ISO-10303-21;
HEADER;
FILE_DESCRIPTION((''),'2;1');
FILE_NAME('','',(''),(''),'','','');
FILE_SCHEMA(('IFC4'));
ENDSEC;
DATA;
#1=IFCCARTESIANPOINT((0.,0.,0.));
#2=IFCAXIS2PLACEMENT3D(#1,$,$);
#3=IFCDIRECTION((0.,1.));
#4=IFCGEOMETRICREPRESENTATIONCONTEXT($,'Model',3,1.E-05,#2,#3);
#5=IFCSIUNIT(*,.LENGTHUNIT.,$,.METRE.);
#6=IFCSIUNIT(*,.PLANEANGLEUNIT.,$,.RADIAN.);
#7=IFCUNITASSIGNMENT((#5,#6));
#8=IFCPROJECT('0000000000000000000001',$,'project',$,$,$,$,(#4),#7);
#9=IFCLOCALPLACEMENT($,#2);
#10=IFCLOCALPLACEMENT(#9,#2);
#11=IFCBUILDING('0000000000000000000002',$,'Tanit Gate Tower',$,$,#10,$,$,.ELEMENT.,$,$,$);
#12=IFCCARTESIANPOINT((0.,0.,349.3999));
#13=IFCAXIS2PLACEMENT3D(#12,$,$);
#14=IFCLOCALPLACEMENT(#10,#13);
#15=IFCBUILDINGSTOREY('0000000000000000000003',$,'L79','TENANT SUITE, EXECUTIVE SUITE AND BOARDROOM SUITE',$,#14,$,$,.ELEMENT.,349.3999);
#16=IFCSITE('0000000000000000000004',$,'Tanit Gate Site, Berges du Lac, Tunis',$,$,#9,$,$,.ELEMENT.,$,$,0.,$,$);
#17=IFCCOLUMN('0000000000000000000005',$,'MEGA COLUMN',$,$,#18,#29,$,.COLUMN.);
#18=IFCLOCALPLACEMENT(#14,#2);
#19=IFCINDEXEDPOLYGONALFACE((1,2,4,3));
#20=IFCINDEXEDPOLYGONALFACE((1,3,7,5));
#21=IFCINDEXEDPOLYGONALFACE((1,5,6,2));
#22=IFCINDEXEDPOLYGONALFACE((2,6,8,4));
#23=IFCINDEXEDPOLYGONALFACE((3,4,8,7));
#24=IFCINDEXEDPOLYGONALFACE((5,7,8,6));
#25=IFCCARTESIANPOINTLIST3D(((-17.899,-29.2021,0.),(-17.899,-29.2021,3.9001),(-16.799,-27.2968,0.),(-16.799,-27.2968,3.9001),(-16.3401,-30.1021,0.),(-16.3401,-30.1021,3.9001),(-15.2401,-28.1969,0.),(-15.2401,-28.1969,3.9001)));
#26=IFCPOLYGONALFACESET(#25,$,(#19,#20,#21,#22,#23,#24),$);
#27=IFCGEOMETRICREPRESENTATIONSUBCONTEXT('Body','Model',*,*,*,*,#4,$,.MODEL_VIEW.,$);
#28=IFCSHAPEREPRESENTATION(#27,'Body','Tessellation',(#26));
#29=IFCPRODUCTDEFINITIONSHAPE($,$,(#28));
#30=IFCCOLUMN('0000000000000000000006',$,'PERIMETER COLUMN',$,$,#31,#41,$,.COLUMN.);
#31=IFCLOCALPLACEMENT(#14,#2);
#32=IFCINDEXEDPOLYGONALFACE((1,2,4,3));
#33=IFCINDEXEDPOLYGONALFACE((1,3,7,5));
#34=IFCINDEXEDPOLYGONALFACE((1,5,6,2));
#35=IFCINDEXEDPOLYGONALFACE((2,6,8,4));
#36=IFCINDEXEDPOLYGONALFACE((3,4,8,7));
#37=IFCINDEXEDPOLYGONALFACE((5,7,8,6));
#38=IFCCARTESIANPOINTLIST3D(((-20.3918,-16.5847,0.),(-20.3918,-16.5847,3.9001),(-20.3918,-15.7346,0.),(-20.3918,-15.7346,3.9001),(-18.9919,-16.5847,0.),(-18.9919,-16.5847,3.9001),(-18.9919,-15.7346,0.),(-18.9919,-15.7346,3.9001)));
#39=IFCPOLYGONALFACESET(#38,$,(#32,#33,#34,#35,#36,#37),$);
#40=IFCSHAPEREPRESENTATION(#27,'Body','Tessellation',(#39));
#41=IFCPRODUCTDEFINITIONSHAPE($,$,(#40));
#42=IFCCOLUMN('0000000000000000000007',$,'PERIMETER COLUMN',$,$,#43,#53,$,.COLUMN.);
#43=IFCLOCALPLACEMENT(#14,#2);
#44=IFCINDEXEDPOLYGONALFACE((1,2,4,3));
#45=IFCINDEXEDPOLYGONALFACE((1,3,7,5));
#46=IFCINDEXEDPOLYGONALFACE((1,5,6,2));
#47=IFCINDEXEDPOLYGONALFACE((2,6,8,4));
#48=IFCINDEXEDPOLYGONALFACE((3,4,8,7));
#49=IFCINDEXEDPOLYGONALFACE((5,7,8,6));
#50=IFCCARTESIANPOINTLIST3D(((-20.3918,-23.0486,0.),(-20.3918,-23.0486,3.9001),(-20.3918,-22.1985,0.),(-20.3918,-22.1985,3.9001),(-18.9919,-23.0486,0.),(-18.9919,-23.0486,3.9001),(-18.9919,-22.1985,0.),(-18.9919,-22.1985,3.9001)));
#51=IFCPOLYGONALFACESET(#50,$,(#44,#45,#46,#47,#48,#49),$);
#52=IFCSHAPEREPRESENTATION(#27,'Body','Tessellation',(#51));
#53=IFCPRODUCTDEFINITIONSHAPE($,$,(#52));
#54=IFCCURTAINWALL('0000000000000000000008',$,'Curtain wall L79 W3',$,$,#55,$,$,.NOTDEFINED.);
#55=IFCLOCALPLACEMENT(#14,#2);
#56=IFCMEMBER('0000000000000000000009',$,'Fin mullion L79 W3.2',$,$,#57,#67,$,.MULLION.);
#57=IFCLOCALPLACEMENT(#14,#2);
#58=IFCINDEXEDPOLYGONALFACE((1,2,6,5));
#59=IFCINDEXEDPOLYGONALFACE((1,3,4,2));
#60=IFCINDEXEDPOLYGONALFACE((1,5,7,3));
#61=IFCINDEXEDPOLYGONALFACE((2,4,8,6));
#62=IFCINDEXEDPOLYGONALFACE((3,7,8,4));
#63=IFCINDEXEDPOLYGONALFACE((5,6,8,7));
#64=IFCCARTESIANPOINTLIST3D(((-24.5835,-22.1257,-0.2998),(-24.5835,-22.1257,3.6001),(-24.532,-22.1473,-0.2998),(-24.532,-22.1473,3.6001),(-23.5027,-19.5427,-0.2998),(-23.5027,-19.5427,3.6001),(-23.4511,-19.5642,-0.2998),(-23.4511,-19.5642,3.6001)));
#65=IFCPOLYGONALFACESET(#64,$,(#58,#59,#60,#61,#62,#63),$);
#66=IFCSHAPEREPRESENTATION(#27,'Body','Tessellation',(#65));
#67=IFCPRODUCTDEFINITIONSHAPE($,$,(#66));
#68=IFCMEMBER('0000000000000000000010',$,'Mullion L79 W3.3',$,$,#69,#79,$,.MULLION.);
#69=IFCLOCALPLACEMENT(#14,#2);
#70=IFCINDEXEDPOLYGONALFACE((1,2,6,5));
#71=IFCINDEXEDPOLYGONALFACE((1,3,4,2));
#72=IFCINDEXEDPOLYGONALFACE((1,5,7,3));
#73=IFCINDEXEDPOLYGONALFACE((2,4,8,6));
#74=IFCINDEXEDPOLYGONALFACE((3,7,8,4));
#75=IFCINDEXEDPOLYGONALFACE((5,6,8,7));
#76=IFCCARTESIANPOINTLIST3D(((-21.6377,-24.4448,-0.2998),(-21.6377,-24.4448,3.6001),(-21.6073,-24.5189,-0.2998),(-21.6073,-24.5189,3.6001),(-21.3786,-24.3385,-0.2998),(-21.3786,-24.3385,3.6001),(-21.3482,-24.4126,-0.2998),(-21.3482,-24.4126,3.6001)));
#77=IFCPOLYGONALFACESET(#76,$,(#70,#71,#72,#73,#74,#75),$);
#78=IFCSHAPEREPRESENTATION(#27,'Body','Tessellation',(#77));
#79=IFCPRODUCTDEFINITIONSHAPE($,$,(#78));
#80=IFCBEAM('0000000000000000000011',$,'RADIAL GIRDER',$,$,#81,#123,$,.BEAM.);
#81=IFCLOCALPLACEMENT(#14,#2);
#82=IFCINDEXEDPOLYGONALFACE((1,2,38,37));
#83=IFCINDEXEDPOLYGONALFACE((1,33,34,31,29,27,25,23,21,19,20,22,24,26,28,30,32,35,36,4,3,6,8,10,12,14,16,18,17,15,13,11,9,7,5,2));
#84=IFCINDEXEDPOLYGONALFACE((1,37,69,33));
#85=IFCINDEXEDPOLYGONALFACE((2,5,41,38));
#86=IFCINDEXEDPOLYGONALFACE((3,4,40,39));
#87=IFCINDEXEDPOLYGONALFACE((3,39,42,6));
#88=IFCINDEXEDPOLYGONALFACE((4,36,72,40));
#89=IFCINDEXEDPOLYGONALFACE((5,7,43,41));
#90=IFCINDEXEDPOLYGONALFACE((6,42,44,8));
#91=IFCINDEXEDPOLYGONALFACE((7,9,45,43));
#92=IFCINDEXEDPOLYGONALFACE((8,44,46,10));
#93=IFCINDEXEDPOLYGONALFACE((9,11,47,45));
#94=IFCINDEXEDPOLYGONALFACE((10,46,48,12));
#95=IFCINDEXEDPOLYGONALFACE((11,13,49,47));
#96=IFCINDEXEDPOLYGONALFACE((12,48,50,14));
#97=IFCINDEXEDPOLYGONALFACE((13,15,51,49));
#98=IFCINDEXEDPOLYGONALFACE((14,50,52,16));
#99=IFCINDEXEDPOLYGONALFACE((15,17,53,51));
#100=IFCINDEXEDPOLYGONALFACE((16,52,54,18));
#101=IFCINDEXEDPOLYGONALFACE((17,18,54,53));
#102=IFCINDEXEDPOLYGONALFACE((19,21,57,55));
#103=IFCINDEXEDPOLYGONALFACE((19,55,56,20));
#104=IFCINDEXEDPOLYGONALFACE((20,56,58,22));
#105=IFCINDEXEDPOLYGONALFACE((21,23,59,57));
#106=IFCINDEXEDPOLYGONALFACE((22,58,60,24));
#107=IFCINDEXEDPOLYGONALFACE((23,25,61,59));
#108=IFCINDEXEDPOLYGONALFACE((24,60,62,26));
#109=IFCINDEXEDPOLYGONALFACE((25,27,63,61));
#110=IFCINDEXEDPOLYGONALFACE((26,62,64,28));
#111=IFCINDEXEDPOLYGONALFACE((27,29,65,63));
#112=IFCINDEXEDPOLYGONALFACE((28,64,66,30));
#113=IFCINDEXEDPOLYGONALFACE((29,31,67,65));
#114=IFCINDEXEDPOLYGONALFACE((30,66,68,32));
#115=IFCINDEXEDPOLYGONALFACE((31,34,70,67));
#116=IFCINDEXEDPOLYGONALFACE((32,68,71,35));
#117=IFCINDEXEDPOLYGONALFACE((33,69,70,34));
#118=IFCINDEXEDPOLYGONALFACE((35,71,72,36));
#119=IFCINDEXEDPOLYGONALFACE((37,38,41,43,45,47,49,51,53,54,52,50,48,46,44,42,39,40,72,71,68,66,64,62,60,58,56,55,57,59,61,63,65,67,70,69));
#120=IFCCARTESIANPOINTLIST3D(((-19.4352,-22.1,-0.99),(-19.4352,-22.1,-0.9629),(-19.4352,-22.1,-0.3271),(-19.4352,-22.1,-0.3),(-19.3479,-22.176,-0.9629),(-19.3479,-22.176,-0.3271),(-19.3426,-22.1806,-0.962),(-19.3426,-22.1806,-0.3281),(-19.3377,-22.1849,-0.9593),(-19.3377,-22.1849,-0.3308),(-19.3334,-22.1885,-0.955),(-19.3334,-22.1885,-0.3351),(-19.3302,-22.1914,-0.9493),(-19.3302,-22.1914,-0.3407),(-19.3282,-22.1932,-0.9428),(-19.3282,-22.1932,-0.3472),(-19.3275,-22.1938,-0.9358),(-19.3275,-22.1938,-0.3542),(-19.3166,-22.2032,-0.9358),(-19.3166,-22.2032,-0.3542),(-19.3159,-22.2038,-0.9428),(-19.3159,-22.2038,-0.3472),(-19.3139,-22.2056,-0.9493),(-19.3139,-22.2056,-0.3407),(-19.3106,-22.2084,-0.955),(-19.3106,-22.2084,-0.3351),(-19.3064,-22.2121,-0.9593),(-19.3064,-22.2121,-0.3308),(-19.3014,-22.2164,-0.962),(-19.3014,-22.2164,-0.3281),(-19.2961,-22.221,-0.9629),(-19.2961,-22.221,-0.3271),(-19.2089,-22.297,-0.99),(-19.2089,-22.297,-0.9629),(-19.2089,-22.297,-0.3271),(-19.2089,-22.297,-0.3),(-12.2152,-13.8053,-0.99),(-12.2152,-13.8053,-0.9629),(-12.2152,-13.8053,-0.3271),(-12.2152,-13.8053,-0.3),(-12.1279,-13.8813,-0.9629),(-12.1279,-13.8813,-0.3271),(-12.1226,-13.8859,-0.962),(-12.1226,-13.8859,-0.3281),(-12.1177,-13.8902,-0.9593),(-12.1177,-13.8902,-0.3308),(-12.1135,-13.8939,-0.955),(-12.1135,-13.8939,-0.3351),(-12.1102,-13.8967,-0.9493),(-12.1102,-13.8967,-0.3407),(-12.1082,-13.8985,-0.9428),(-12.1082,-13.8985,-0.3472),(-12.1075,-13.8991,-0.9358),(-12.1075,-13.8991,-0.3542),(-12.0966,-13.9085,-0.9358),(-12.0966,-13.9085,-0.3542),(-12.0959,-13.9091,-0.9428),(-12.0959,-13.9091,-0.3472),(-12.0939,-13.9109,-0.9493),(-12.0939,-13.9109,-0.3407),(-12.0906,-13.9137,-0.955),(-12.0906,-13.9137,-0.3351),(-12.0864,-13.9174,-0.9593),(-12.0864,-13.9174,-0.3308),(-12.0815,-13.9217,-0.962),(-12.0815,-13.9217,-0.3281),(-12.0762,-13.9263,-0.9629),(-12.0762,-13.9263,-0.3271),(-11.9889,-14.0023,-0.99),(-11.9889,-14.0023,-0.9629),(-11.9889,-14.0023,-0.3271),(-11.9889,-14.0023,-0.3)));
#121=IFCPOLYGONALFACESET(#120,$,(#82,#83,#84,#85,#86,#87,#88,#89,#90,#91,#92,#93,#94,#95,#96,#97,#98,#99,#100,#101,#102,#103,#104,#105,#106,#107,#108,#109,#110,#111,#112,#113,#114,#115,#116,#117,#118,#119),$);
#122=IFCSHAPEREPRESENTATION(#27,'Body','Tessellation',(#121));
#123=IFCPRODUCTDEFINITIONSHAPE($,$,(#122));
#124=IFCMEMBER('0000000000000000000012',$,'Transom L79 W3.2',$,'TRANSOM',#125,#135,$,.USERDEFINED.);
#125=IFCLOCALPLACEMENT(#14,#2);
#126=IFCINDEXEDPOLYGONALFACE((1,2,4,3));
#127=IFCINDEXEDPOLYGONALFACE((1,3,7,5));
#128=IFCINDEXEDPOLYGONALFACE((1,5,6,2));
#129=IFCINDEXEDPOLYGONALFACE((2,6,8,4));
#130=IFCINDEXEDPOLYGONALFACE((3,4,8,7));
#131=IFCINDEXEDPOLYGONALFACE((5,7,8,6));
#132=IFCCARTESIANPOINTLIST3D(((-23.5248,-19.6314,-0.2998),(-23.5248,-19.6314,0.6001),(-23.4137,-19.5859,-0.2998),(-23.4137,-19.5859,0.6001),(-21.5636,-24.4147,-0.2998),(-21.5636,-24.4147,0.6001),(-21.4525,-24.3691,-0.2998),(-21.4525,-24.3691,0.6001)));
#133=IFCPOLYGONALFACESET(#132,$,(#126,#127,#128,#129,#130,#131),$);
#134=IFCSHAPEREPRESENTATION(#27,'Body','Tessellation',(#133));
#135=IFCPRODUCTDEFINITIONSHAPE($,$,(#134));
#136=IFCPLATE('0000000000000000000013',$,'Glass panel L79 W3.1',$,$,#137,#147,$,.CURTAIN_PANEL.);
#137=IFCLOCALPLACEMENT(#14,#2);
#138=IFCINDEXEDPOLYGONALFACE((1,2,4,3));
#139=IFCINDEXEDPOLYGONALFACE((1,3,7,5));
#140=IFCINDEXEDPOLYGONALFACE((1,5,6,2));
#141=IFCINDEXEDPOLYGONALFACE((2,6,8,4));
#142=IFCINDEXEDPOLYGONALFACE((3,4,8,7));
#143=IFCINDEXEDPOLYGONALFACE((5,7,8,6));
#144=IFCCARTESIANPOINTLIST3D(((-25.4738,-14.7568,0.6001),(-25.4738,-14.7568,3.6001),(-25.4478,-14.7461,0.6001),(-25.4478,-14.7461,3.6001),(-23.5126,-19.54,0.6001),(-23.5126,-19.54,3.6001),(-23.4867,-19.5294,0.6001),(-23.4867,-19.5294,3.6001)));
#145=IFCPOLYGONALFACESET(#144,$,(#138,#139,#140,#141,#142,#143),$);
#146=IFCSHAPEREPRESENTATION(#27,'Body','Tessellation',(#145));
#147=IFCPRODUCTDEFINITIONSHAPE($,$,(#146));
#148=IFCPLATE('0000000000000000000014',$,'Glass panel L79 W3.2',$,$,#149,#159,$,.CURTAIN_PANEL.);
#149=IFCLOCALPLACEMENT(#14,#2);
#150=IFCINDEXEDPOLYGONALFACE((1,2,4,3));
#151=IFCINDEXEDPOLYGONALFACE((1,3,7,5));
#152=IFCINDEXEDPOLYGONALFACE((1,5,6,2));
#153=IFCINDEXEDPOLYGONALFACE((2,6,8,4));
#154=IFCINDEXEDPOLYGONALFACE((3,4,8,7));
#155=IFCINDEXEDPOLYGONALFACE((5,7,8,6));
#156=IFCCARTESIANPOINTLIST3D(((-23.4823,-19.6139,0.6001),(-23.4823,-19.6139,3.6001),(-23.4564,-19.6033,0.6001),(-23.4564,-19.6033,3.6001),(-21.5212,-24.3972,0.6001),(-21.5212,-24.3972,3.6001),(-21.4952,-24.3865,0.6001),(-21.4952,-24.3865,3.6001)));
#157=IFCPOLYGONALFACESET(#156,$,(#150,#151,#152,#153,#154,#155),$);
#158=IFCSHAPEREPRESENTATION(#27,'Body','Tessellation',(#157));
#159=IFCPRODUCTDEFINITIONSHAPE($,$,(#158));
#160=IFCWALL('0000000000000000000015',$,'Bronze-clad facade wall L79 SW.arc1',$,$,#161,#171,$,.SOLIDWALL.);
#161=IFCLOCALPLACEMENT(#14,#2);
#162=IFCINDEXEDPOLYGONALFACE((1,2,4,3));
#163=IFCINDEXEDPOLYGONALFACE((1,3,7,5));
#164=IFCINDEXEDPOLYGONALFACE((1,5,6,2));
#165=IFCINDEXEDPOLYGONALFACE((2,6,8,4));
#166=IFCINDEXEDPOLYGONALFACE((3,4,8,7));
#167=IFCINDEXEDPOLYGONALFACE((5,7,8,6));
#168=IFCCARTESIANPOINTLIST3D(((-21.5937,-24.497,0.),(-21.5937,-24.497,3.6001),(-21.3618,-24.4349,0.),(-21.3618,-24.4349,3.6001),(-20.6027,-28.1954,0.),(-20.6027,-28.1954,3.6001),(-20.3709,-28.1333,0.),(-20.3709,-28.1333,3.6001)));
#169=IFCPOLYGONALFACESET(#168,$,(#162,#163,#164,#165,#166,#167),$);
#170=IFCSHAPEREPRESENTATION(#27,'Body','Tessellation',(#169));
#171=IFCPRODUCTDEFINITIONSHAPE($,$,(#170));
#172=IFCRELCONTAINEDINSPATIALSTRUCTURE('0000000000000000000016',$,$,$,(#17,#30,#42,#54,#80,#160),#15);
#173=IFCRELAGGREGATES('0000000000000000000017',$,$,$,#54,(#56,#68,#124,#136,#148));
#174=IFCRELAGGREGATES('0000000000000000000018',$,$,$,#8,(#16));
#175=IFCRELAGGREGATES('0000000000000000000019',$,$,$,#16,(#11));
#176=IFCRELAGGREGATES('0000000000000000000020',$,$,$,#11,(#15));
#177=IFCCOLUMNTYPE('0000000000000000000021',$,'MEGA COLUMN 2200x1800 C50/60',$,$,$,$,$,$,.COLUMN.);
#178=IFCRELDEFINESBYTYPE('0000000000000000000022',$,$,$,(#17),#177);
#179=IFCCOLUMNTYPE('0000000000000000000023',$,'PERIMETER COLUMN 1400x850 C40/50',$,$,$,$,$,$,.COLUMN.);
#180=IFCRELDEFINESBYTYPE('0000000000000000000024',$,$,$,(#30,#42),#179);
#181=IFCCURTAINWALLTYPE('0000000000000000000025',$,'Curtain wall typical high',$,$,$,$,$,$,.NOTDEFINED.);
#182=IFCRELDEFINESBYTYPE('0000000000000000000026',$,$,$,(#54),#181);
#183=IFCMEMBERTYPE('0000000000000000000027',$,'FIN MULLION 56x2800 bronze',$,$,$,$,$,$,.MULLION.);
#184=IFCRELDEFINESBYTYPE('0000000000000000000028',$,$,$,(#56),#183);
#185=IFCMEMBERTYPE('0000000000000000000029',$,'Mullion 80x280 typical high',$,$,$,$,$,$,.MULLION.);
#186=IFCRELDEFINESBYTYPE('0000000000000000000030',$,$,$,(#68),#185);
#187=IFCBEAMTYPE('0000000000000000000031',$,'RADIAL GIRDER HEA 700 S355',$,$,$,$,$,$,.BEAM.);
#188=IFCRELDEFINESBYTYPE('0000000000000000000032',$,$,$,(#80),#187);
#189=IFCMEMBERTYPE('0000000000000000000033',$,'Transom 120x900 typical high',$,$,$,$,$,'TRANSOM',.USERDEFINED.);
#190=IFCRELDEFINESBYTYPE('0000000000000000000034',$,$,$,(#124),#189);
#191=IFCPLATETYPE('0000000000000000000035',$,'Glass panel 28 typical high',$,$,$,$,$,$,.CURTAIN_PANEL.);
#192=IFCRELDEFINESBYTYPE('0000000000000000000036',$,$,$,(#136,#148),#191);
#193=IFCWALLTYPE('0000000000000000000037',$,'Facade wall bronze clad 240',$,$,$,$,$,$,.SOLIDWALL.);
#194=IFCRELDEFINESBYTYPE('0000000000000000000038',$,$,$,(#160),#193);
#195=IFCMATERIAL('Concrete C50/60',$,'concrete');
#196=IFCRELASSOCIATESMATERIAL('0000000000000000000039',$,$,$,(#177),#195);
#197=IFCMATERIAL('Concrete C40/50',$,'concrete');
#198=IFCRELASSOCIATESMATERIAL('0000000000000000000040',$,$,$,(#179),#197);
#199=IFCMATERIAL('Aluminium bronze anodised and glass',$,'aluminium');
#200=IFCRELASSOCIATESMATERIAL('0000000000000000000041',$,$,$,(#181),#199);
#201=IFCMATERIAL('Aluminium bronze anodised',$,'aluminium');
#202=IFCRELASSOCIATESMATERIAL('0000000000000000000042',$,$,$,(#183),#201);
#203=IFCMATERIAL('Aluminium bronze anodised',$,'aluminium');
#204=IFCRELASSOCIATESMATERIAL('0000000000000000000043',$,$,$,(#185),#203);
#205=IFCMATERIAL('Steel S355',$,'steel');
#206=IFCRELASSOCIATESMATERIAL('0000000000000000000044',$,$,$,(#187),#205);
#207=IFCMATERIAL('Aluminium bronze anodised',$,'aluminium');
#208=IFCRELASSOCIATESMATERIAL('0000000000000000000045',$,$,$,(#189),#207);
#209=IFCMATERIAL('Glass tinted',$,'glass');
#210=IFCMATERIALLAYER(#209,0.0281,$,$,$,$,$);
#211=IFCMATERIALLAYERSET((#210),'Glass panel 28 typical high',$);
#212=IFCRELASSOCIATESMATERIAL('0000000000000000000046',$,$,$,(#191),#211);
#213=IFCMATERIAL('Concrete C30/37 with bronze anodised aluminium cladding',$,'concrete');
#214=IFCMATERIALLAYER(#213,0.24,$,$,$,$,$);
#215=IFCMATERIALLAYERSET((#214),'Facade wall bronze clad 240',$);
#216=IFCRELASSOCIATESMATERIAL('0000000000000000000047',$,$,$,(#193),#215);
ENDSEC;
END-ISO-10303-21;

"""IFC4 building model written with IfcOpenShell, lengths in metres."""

from ifc_helpers import new_model, si_unit, direction, frame, frame_2d, origin, origin_2d, place, context, subcontext, project, spatial, rectangle, i_section, extrude, material, layer, layer_set, material_profile, profile_set, type_object, element, aggregate, save


model = new_model("IFC4")

# Units and contexts
model_context = context("Model", 3, precision=1e-05, world=origin(), true_north=direction((0.0, 1.0)))
body_context = subcontext(model_context, "Body", "Model", "MODEL_VIEW")
ifc_project = project(units=[si_unit("LENGTHUNIT", "METRE"), si_unit("PLANEANGLEUNIT", "RADIAN")], contexts=[model_context])

# Site, building, storey
site_placement = place(None, origin())
site = spatial("IfcSite", under=ifc_project, at=site_placement, Name="Tanit Gate Site, Berges du Lac, Tunis", CompositionType="ELEMENT", RefElevation=0.0)
building_placement = place(site_placement, origin())
building = spatial("IfcBuilding", under=site, at=building_placement, Name="Tanit Gate Tower", CompositionType="ELEMENT")
storey_placement = place(building_placement, frame((0.0, 0.0, 349.3999)))
storey = spatial("IfcBuildingStorey", under=building, at=storey_placement, Name="L79", Description="TENANT SUITE, EXECUTIVE SUITE AND BOARDROOM SUITE", CompositionType="ELEMENT", Elevation=349.3999)

# Columns
ifc_material_1 = material(Name="Concrete C50/60", Category="concrete")
ifc_material_profile_1 = material_profile(ifc_material_1, rectangle(XDim=2.2, YDim=1.8, at=origin_2d()), Name="RC 2200x1800")
ifc_profile_set_1 = profile_set([ifc_material_profile_1], Name="Concrete C50/60")
column_type_1 = type_object("IfcColumnType", Name="MEGA COLUMN 2200x1800 C50/60", PredefinedType="COLUMN", material=ifc_profile_set_1)
column_placement = place(storey_placement, frame((-16.5696, -28.6995, 0.0), z_axis=(0.0, 0.0, 1.0), x_axis=(-0.5, -0.866025, 0.0)))
element("IfcColumn", 1, at=column_placement, inside=storey, type_object=column_type_1, Name="MEGA COLUMN", PredefinedType="COLUMN", context=body_context, shape_type="SweptSolid", body=[
    extrude(rectangle(XDim=2.2, YDim=1.8, at=origin_2d()), origin(), (0.0, 0.0, 1.0), 3.9001),
])
ifc_material_2 = material(Name="Concrete C40/50", Category="concrete")
ifc_material_profile_2 = material_profile(ifc_material_2, rectangle(XDim=1.3999, YDim=0.8501, at=origin_2d()), Name="RC 1400x850")
ifc_profile_set_2 = profile_set([ifc_material_profile_2], Name="Concrete C40/50")
column_type_2 = type_object("IfcColumnType", Name="PERIMETER COLUMN 1400x850 C40/50", PredefinedType="COLUMN", material=ifc_profile_set_2)
for number, where, z_axis, x_axis, name in (
    (2, (-19.6919, -16.1597, 0.0), (0.0, 0.0, 1.0), (-1.0, 0.0, 0.0), "PERIMETER COLUMN"),
    (3, (-19.6919, -22.6235, 0.0), (0.0, 0.0, 1.0), (-1.0, 0.0, 0.0), "PERIMETER COLUMN"),
):
    element("IfcColumn", number, at=place(storey_placement, frame(where, z_axis=z_axis, x_axis=x_axis)), inside=storey, type_object=column_type_2, Name=name, PredefinedType="COLUMN", context=body_context, shape_type="SweptSolid", body=[
        extrude(rectangle(XDim=1.3999, YDim=0.8501, at=origin_2d()), origin(), (0.0, 0.0, 1.0), 3.9001),
    ])

# Curtain wall, members
ifc_material_3 = material(Name="Aluminium bronze anodised and glass", Category="aluminium")
curtain_wall_type = type_object("IfcCurtainWallType", Name="Curtain wall typical high", PredefinedType="NOTDEFINED", material=ifc_material_3)
curtain_wall_placement = place(storey_placement, origin())
curtain_wall = element("IfcCurtainWall", 4, at=curtain_wall_placement, inside=storey, type_object=curtain_wall_type, Name="Curtain wall L79 W3", PredefinedType="NOTDEFINED")
ifc_material_4 = material(Name="Aluminium bronze anodised", Category="aluminium")
ifc_material_profile_3 = material_profile(ifc_material_4, rectangle(XDim=2.8, YDim=0.0559, at=origin_2d()), Name="56x2800 bronze fin mullion")
ifc_profile_set_3 = profile_set([ifc_material_profile_3], Name="Aluminium bronze anodised")
member_type_1 = type_object("IfcMemberType", Name="FIN MULLION 56x2800 bronze", PredefinedType="MULLION", material=ifc_profile_set_3)
member_1_placement = place(storey_placement, frame((-24.0173, -20.845, -0.2998), z_axis=(0.0, 0.0, 1.0), x_axis=(0.386007, 0.922496, 0.0)))
member_1 = element("IfcMember", 5, at=member_1_placement, type_object=member_type_1, Name="Fin mullion L79 W3.2", PredefinedType="MULLION", context=body_context, shape_type="SweptSolid", body=[
    extrude(rectangle(XDim=2.8, YDim=0.0559, at=origin_2d()), origin(), (0.0, 0.0, 1.0), 3.8999),
])
ifc_material_5 = material(Name="Aluminium bronze anodised", Category="aluminium")
ifc_material_profile_4 = material_profile(ifc_material_5, rectangle(XDim=0.28, YDim=0.0801, at=origin_2d()), Name="80x280 bronze mullion")
ifc_profile_set_4 = profile_set([ifc_material_profile_4], Name="Aluminium bronze anodised")
member_type_2 = type_object("IfcMemberType", Name="Mullion 80x280 typical high", PredefinedType="MULLION", material=ifc_profile_set_4)
member_2_placement = place(storey_placement, frame((-21.4929, -24.4287, -0.2998), z_axis=(0.0, 0.0, 1.0), x_axis=(0.925251, 0.379355, 0.0)))
member_2 = element("IfcMember", 6, at=member_2_placement, type_object=member_type_2, Name="Mullion L79 W3.3", PredefinedType="MULLION", context=body_context, shape_type="SweptSolid", body=[
    extrude(rectangle(XDim=0.28, YDim=0.0801, at=origin_2d()), origin(), (0.0, 0.0, 1.0), 3.8999),
])

# Beam
ifc_material_6 = material(Name="Steel S355", Category="steel")
ifc_material_profile_5 = material_profile(ifc_material_6, i_section(OverallWidth=0.3, OverallDepth=0.6899, WebThickness=0.0144, FlangeThickness=0.0271, FilletRadius=0.0271, at=origin_2d()), Name="HEA 700")
ifc_profile_set_5 = profile_set([ifc_material_profile_5], Name="Steel S355")
beam_type = type_object("IfcBeamType", Name="RADIAL GIRDER HEA 700 S355", PredefinedType="BEAM", material=ifc_profile_set_5)
beam_placement = place(storey_placement, frame((-19.322, -22.1985, -0.645), z_axis=(0.656552, 0.754281, 0.0), x_axis=(-0.754281, 0.656552, 0.0)))
element("IfcBeam", 7, at=beam_placement, inside=storey, type_object=beam_type, Name="RADIAL GIRDER", PredefinedType="BEAM", context=body_context, shape_type="SweptSolid", body=[
    extrude(i_section(OverallWidth=0.3, OverallDepth=0.6899, WebThickness=0.0144, FlangeThickness=0.0271, FilletRadius=0.0271, at=origin_2d()), origin(), (0.0, 0.0, 1.0), 10.9968),
])

# Member
ifc_material_7 = material(Name="Aluminium bronze anodised", Category="aluminium")
ifc_material_profile_6 = material_profile(ifc_material_7, rectangle(XDim=0.1201, YDim=0.8999, at=origin_2d()), Name="120x900 bronze transom")
ifc_profile_set_6 = profile_set([ifc_material_profile_6], Name="Aluminium bronze anodised")
member_type_3 = type_object("IfcMemberType", Name="Transom 120x900 typical high", ElementType="TRANSOM", PredefinedType="USERDEFINED", material=ifc_profile_set_6)
member_3_placement = place(storey_placement, frame((-23.4692, -19.6086, 0.1501), z_axis=(0.379365, -0.925247, 0.0), x_axis=(0.925247, 0.379365, 0.0)))
member_3 = element("IfcMember", 8, at=member_3_placement, type_object=member_type_3, Name="Transom L79 W3.2", ObjectType="TRANSOM", PredefinedType="USERDEFINED", context=body_context, shape_type="SweptSolid", body=[
    extrude(rectangle(XDim=0.1201, YDim=0.8999, at=origin_2d()), origin(), (0.0, 0.0, 1.0), 5.1697),
])

# Plates
ifc_material_8 = material(Name="Glass tinted", Category="glass")
ifc_layer_1 = layer(ifc_material_8, 0.0281)
ifc_layer_set_1 = layer_set([ifc_layer_1], Name="Glass panel 28 typical high")
plate_type = type_object("IfcPlateType", Name="Glass panel 28 typical high", PredefinedType="CURTAIN_PANEL", material=ifc_layer_set_1)
plate_1_placement = place(storey_placement, frame((-24.4802, -17.1431, 0.6001), z_axis=(0.0, 0.0, 1.0), x_axis=(0.379355, -0.925251, 0.0)))
plate_1 = element("IfcPlate", 9, at=plate_1_placement, type_object=plate_type, Name="Glass panel L79 W3.1", PredefinedType="CURTAIN_PANEL", context=body_context, shape_type="SweptSolid", body=[
    extrude(rectangle(XDim=5.1697, YDim=0.0281, at=origin_2d()), origin(), (0.0, 0.0, 1.0), 3.0),
])
plate_2_placement = place(storey_placement, frame((-22.4888, -22.0002, 0.6001), z_axis=(0.0, 0.0, 1.0), x_axis=(0.379355, -0.925251, 0.0)))
plate_2 = element("IfcPlate", 10, at=plate_2_placement, type_object=plate_type, Name="Glass panel L79 W3.2", PredefinedType="CURTAIN_PANEL", context=body_context, shape_type="SweptSolid", body=[
    extrude(rectangle(XDim=5.1697, YDim=0.0281, at=origin_2d()), origin(), (0.0, 0.0, 1.0), 3.0),
])
aggregate(curtain_wall, [member_1, member_2, member_3, plate_1, plate_2])

# Wall
ifc_material_9 = material(Name="Concrete C30/37 with bronze anodised aluminium cladding", Category="concrete")
ifc_layer_2 = layer(ifc_material_9, 0.24)
ifc_layer_set_2 = layer_set([ifc_layer_2], Name="Facade wall bronze clad 240")
wall_type_1 = type_object("IfcWallType", Name="Facade wall bronze clad 240", PredefinedType="SOLIDWALL", material=ifc_layer_set_2)
wall_1_placement = place(storey_placement, frame((-21.4778, -24.4658, 0.0), z_axis=(0.0, 0.0, 1.0), x_axis=(0.258809, -0.965928, 0.0)))
element("IfcWall", 11, at=wall_1_placement, inside=storey, type_object=wall_type_1, Name="Bronze-clad facade wall L79 SW.arc1", PredefinedType="SOLIDWALL", context=body_context, shape_type="SweptSolid", body=[
    extrude(rectangle(XDim=3.8289, YDim=0.24, at=frame_2d((1.9146, 0.0))), origin(), (0.0, 0.0, 1.0), 3.6001),
])

save(model, "model.ifc")
